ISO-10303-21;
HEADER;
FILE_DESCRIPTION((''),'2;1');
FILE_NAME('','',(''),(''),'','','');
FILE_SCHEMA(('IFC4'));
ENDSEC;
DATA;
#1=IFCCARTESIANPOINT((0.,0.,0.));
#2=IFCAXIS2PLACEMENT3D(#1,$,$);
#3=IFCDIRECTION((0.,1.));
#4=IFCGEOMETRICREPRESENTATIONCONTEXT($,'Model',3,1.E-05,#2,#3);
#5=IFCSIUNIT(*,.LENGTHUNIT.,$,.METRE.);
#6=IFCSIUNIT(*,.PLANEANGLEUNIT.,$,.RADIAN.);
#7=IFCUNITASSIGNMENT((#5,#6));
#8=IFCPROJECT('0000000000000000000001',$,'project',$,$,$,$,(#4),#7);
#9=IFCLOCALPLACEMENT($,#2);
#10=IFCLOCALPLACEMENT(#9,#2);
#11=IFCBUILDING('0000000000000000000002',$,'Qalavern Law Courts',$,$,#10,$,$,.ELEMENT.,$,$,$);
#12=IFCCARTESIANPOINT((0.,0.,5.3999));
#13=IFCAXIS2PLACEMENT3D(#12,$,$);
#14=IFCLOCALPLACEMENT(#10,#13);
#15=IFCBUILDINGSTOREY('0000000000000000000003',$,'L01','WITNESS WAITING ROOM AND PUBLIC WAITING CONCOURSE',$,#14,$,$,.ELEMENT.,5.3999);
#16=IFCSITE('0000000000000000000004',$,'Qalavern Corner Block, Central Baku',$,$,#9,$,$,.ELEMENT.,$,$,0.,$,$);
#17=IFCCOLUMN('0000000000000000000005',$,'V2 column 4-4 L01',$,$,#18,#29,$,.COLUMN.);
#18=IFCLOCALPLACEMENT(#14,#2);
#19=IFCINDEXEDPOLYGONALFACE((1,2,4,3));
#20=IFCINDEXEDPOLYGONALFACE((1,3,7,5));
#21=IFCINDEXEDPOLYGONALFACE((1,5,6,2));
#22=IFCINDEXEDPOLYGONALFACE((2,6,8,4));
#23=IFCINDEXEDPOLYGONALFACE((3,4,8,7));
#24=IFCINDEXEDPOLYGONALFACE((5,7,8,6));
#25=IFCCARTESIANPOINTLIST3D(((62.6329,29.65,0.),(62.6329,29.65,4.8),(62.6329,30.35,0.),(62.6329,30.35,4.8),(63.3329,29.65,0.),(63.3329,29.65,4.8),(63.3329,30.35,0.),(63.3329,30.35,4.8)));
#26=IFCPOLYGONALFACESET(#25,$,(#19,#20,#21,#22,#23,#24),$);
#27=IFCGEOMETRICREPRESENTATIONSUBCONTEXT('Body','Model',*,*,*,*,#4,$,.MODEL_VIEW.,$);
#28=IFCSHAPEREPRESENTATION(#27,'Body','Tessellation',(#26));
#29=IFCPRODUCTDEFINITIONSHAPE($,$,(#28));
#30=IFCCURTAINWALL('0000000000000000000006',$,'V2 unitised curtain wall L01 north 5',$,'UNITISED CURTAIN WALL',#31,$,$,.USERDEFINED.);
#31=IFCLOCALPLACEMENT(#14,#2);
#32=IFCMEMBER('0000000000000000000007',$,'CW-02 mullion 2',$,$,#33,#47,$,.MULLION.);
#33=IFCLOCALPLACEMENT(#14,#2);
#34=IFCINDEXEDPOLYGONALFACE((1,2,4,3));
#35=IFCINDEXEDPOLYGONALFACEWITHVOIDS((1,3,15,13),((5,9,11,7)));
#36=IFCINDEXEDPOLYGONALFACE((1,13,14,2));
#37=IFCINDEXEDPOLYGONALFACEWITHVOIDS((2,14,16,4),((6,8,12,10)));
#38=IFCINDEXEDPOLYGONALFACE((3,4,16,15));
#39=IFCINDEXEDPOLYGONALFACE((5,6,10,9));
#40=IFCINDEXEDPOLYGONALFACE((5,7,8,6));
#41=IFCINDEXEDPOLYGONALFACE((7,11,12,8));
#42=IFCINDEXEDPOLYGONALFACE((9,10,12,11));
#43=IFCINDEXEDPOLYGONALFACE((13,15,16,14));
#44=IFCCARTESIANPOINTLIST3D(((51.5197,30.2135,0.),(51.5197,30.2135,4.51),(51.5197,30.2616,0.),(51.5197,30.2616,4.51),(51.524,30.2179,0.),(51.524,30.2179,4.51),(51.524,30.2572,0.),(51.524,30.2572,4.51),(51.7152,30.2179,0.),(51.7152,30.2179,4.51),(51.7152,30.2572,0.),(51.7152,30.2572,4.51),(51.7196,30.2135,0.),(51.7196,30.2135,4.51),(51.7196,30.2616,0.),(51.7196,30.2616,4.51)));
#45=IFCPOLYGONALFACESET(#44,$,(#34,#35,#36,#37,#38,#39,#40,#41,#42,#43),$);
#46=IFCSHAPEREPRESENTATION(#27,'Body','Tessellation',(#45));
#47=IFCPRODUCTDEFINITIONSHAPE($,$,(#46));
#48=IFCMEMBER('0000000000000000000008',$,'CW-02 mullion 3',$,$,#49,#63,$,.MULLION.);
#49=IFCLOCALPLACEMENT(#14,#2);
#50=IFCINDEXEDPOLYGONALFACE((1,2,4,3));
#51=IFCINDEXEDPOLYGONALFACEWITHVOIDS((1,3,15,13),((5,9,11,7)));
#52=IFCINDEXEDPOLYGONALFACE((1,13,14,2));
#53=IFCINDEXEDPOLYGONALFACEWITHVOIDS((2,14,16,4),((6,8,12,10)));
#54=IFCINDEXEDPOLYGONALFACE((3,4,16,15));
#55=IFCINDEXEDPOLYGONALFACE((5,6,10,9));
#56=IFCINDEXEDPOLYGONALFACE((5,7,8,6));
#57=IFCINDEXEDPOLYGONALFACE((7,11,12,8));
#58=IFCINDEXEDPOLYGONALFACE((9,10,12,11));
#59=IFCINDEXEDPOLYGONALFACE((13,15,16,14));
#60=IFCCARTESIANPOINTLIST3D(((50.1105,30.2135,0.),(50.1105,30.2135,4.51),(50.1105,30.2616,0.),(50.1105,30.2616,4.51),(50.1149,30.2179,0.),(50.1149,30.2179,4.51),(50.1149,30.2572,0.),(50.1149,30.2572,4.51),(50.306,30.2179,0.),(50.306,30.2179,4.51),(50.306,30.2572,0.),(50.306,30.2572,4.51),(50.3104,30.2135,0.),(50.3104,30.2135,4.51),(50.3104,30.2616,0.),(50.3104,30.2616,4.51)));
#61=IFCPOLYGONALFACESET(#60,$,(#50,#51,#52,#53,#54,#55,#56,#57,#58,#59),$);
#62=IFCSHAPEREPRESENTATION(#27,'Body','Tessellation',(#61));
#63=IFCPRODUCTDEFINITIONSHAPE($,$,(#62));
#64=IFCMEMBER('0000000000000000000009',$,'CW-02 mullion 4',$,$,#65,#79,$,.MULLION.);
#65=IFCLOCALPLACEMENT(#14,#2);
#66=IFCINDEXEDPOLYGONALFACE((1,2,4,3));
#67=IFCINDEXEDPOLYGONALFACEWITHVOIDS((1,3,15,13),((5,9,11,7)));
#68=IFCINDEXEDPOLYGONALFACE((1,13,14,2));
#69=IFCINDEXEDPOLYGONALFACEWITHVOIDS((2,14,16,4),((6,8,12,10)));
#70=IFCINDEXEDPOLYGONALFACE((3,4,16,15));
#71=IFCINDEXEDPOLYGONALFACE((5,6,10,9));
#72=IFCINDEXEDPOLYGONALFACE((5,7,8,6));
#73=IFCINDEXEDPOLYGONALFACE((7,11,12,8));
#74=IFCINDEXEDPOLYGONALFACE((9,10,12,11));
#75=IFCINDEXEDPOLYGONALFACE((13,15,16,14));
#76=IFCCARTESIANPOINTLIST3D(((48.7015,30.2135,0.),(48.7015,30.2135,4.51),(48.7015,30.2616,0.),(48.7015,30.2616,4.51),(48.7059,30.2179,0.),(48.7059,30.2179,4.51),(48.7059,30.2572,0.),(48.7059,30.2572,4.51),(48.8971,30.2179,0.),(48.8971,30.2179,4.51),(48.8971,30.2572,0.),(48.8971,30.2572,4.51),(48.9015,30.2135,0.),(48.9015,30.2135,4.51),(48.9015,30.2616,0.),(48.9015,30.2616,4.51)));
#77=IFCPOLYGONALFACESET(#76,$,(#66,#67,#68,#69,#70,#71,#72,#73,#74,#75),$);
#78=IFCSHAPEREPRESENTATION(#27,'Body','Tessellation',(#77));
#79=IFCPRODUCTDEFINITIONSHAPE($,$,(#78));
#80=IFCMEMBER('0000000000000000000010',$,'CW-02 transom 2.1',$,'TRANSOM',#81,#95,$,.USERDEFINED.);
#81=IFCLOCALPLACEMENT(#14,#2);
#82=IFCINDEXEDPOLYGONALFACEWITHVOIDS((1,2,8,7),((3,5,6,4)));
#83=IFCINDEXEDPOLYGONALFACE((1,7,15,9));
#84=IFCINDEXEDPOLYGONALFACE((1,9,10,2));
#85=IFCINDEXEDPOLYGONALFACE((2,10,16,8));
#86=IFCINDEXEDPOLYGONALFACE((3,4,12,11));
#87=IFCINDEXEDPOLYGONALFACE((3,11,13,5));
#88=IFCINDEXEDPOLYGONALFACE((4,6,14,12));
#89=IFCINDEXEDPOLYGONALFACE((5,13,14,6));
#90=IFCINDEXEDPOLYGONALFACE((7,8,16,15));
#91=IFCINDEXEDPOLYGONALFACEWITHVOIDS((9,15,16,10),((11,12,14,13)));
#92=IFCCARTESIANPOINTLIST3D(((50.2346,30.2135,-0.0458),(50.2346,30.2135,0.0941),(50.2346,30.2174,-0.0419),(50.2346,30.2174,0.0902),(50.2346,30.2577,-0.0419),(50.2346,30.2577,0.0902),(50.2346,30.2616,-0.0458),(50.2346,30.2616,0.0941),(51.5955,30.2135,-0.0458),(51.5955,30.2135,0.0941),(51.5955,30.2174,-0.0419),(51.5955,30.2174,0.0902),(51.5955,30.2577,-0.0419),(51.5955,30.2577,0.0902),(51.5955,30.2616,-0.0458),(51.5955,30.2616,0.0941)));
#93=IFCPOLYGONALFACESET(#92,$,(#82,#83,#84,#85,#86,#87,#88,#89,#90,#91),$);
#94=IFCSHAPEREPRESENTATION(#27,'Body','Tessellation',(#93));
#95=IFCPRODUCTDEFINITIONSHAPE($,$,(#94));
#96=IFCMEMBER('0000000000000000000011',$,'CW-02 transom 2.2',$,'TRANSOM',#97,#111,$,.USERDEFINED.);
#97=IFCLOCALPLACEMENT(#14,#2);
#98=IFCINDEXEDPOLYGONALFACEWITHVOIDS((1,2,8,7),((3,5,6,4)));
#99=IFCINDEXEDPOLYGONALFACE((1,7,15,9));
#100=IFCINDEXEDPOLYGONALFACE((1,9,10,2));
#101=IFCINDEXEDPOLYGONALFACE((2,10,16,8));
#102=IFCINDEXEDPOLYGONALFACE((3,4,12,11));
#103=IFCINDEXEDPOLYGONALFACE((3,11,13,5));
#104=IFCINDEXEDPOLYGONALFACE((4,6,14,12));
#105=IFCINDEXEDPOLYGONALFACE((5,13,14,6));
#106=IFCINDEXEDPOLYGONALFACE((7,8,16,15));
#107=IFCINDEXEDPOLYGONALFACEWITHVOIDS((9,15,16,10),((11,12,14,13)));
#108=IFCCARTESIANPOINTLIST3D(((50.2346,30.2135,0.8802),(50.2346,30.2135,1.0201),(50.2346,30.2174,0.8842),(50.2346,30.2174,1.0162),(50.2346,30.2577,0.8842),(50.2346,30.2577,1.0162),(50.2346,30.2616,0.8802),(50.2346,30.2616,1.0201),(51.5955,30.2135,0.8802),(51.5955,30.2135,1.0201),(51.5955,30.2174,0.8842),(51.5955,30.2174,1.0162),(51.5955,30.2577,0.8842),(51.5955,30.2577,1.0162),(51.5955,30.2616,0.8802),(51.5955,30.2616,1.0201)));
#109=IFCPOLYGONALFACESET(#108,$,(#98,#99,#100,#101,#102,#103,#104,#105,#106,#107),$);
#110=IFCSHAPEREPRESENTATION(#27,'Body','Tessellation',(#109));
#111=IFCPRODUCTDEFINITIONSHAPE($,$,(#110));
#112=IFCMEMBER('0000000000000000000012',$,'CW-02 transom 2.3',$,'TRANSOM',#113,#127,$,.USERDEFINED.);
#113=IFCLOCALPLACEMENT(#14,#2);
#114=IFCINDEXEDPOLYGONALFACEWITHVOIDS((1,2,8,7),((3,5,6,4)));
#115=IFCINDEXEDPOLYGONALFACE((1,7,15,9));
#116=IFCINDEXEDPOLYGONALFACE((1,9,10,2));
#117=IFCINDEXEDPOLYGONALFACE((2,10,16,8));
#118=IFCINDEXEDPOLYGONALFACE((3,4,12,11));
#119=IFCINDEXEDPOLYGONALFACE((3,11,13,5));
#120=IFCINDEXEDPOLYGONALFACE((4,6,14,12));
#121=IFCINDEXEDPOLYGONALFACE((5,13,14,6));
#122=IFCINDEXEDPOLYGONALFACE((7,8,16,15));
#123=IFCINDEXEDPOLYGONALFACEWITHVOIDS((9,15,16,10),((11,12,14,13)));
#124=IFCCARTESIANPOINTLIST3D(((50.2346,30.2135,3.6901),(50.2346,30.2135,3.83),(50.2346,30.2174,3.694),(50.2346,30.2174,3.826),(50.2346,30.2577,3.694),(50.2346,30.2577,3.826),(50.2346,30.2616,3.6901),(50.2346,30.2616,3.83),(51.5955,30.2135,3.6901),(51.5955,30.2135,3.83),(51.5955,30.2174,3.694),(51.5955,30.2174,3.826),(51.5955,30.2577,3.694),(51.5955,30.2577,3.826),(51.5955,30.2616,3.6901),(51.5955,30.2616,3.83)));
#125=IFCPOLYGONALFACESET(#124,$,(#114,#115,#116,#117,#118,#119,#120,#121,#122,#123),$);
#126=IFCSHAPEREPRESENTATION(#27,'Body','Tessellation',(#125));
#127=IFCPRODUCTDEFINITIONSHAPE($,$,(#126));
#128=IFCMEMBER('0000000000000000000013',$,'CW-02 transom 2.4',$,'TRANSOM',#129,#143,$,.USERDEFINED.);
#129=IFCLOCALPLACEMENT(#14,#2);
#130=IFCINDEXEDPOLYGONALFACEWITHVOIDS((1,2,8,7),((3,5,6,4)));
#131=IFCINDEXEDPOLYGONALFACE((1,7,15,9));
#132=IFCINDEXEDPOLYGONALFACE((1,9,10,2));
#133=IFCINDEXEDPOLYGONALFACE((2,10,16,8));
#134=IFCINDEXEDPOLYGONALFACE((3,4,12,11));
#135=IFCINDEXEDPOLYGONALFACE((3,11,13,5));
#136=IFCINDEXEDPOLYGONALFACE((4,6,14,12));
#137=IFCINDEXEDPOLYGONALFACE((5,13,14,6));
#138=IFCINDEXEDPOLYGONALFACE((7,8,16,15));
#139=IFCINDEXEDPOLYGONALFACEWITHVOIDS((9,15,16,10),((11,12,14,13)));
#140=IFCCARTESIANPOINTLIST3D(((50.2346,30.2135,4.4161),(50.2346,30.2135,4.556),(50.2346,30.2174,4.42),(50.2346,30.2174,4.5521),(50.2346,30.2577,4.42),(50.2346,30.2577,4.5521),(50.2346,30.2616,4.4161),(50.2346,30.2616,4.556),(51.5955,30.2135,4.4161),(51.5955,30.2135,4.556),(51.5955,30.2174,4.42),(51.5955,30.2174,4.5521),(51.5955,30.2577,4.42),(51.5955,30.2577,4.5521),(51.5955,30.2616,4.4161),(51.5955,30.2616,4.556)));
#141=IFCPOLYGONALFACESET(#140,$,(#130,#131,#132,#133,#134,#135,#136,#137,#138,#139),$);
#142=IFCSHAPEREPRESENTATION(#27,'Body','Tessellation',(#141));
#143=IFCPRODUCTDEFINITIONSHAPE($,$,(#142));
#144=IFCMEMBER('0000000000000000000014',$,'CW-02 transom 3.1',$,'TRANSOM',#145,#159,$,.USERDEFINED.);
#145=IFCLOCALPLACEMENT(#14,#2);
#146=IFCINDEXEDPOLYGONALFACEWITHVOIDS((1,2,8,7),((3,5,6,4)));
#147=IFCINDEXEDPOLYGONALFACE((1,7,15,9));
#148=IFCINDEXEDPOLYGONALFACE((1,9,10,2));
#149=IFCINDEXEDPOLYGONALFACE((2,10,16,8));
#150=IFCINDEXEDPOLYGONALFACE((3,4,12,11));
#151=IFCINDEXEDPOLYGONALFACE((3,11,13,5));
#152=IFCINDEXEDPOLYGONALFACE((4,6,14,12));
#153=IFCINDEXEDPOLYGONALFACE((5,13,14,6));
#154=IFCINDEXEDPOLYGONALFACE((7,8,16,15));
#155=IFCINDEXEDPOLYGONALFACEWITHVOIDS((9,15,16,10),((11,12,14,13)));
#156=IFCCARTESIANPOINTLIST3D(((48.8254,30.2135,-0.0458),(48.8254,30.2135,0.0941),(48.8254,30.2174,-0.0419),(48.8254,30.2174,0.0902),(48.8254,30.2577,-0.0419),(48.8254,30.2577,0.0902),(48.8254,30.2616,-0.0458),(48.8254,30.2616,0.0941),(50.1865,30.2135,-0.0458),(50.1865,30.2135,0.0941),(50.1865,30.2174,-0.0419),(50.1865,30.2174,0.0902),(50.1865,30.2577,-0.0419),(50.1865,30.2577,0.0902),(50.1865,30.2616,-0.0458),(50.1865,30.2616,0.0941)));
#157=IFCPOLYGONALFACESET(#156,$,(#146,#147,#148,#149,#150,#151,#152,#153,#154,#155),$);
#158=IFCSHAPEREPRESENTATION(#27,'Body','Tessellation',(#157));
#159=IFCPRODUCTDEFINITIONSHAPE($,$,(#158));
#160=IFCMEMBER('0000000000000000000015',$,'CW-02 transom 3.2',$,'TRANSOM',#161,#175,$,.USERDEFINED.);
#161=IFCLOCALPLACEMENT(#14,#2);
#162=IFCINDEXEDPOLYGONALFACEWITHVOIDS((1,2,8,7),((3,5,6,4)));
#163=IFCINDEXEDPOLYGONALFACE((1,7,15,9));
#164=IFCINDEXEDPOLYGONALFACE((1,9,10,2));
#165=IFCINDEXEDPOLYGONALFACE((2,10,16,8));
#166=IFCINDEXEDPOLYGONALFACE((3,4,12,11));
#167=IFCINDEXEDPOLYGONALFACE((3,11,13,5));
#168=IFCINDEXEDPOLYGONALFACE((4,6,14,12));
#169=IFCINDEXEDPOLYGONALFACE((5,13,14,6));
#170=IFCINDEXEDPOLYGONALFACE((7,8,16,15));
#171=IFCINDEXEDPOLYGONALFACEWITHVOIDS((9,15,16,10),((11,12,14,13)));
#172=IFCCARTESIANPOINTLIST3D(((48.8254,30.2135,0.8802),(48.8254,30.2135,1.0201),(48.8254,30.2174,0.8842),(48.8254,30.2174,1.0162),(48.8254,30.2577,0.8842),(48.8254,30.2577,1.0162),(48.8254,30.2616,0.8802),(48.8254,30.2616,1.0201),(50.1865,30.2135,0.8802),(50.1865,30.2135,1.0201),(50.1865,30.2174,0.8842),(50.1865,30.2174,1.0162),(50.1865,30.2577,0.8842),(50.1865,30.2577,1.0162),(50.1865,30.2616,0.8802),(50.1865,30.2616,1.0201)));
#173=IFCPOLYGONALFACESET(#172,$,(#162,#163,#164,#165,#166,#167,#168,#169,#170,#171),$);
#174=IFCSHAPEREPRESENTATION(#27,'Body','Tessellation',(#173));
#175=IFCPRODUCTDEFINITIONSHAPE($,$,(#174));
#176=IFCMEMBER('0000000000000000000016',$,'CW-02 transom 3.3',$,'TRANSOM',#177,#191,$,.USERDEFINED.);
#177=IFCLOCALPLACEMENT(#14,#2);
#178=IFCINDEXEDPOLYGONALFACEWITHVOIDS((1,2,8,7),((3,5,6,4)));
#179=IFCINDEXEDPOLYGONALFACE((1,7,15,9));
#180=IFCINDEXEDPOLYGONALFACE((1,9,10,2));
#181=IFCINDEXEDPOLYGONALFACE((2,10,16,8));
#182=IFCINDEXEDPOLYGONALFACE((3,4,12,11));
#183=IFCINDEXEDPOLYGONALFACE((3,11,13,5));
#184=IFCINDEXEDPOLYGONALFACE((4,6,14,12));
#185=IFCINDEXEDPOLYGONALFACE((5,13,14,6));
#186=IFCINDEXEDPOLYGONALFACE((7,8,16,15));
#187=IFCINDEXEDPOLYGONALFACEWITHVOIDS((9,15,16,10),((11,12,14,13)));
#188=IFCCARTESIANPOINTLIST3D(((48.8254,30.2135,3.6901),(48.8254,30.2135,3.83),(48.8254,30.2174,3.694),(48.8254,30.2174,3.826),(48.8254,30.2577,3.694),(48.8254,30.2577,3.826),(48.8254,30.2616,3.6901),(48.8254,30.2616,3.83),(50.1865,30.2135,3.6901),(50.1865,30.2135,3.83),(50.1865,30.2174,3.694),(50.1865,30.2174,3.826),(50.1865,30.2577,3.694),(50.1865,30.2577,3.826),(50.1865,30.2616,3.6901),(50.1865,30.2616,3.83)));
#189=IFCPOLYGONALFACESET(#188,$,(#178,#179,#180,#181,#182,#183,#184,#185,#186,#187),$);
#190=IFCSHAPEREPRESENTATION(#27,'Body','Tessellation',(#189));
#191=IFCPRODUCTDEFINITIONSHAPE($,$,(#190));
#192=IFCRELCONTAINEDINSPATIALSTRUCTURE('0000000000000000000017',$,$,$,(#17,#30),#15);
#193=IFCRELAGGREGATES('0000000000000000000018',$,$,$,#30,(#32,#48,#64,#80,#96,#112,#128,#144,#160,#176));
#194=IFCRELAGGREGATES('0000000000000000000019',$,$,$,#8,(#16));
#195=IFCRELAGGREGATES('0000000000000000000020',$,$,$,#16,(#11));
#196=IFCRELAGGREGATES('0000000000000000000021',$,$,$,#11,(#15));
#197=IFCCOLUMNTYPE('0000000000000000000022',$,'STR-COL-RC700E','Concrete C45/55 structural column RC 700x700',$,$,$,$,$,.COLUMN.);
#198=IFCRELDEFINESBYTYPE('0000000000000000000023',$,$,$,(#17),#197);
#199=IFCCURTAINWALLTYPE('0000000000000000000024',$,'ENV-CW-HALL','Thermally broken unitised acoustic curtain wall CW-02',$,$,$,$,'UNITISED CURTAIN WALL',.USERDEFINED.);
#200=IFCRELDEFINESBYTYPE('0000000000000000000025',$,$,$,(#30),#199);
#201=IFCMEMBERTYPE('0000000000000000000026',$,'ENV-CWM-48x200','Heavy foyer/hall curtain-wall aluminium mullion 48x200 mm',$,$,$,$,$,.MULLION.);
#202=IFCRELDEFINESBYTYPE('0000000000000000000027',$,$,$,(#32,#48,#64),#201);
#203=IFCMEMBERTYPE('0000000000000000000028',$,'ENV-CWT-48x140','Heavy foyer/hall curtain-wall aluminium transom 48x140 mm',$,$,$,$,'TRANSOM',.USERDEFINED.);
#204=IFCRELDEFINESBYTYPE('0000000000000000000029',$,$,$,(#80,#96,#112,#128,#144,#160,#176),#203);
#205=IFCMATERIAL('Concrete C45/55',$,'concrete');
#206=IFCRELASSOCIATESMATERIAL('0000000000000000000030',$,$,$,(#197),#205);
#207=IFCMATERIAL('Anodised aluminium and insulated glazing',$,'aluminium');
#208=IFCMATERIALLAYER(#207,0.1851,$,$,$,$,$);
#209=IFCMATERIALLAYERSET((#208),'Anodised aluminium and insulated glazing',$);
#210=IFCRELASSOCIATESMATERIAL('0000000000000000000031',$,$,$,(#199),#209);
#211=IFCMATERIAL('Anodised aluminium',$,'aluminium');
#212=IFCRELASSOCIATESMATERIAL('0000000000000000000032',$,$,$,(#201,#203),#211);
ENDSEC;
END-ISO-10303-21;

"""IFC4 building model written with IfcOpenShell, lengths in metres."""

from ifc_helpers import new_model, si_unit, direction, frame, origin, origin_2d, place, context, subcontext, project, spatial, rectangle, hollow_rectangle, extrude, material, layer, layer_set, material_profile, profile_set, type_object, element, aggregate, save


model = new_model("IFC4")

# Units and contexts
model_context = context("Model", 3, precision=1e-05, world=origin(), true_north=direction((0.0, 1.0)))
body_context = subcontext(model_context, "Body", "Model", "MODEL_VIEW")
ifc_project = project(units=[si_unit("LENGTHUNIT", "METRE"), si_unit("PLANEANGLEUNIT", "RADIAN")], contexts=[model_context])

# Site, building, storey
site_placement = place(None, origin())
site = spatial("IfcSite", under=ifc_project, at=site_placement, Name="Qalavern Corner Block, Central Baku", CompositionType="ELEMENT", RefElevation=0.0)
building_placement = place(site_placement, origin())
building = spatial("IfcBuilding", under=site, at=building_placement, Name="Qalavern Law Courts", CompositionType="ELEMENT")
storey_placement = place(building_placement, frame((0.0, 0.0, 5.3999)))
storey = spatial("IfcBuildingStorey", under=building, at=storey_placement, Name="L01", Description="WITNESS WAITING ROOM AND PUBLIC WAITING CONCOURSE", CompositionType="ELEMENT", Elevation=5.3999)

# Column
ifc_material_1 = material(Name="Concrete C45/55", Category="concrete")
ifc_material_profile_1 = material_profile(ifc_material_1, rectangle(XDim=0.7, YDim=0.7, at=origin_2d()), Name="RC 700x700")
ifc_profile_set_1 = profile_set([ifc_material_profile_1], Name="Concrete C45/55")
column_type = type_object("IfcColumnType", Name="STR-COL-RC700E", Description="Concrete C45/55 structural column RC 700x700", PredefinedType="COLUMN", material=ifc_profile_set_1)
column_placement = place(storey_placement, frame((62.9829, 30.0, 0.0), z_axis=(0.0, 0.0, 1.0), x_axis=(1.0, 0.0, 0.0)))
element("IfcColumn", 1, at=column_placement, inside=storey, type_object=column_type, Name="V2 column 4-4 L01", PredefinedType="COLUMN", context=body_context, shape_type="SweptSolid", body=[
    extrude(rectangle(XDim=0.7, YDim=0.7, at=origin_2d()), origin(), (0.0, 0.0, 1.0), 4.8),
])

# Curtain wall, members
ifc_material_2 = material(Name="Anodised aluminium and insulated glazing", Category="aluminium")
ifc_layer_1 = layer(ifc_material_2, 0.1851)
ifc_layer_set_1 = layer_set([ifc_layer_1], Name="Anodised aluminium and insulated glazing")
curtain_wall_type = type_object("IfcCurtainWallType", Name="ENV-CW-HALL", Description="Thermally broken unitised acoustic curtain wall CW-02", ElementType="UNITISED CURTAIN WALL", PredefinedType="USERDEFINED", material=ifc_layer_set_1)
curtain_wall_placement = place(storey_placement, origin())
curtain_wall = element("IfcCurtainWall", 2, at=curtain_wall_placement, inside=storey, type_object=curtain_wall_type, Name="V2 unitised curtain wall L01 north 5", ObjectType="UNITISED CURTAIN WALL", PredefinedType="USERDEFINED")
ifc_material_3 = material(Name="Anodised aluminium", Category="aluminium")
ifc_material_profile_2 = material_profile(ifc_material_3, hollow_rectangle(XDim=0.0481, YDim=0.2, WallThickness=0.0044, at=origin_2d()), Name="ALU MULLION 48x200")
ifc_profile_set_2 = profile_set([ifc_material_profile_2], Name="Anodised aluminium")
member_type_1 = type_object("IfcMemberType", Name="ENV-CWM-48x200", Description="Heavy foyer/hall curtain-wall aluminium mullion 48x200 mm", PredefinedType="MULLION", material=ifc_profile_set_2)
member_1_placement = place(storey_placement, frame((51.6196, 30.2375, 0.0), z_axis=(0.0, 0.0, 1.0), x_axis=(0.0, -1.0, 0.0)))
member_1 = element("IfcMember", 3, at=member_1_placement, type_object=member_type_1, Name="CW-02 mullion 2", PredefinedType="MULLION", context=body_context, shape_type="SweptSolid", body=[
    extrude(hollow_rectangle(XDim=0.0481, YDim=0.2, WallThickness=0.0044, at=origin_2d()), origin(), (0.0, 0.0, 1.0), 4.51),
])
member_2_placement = place(storey_placement, frame((50.2104, 30.2375, 0.0), z_axis=(0.0, 0.0, 1.0), x_axis=(0.0, -1.0, 0.0)))
member_2 = element("IfcMember", 4, at=member_2_placement, type_object=member_type_1, Name="CW-02 mullion 3", PredefinedType="MULLION", context=body_context, shape_type="SweptSolid", body=[
    extrude(hollow_rectangle(XDim=0.0481, YDim=0.2, WallThickness=0.0044, at=origin_2d()), origin(), (0.0, 0.0, 1.0), 4.51),
])
member_3_placement = place(storey_placement, frame((48.8015, 30.2375, 0.0), z_axis=(0.0, 0.0, 1.0), x_axis=(0.0, -1.0, 0.0)))
member_3 = element("IfcMember", 5, at=member_3_placement, type_object=member_type_1, Name="CW-02 mullion 4", PredefinedType="MULLION", context=body_context, shape_type="SweptSolid", body=[
    extrude(hollow_rectangle(XDim=0.0481, YDim=0.2, WallThickness=0.0044, at=origin_2d()), origin(), (0.0, 0.0, 1.0), 4.51),
])
ifc_material_profile_3 = material_profile(ifc_material_3, hollow_rectangle(XDim=0.0481, YDim=0.1399, WallThickness=0.0039, at=origin_2d()), Name="ALU TRANSOM 48x140")
ifc_profile_set_3 = profile_set([ifc_material_profile_3], Name="Anodised aluminium")
member_type_2 = type_object("IfcMemberType", Name="ENV-CWT-48x140", Description="Heavy foyer/hall curtain-wall aluminium transom 48x140 mm", ElementType="TRANSOM", PredefinedType="USERDEFINED", material=ifc_profile_set_3)
member_4_placement = place(storey_placement, frame((51.5955, 30.2375, 0.0242), z_axis=(-1.0, 0.0, 0.0), x_axis=(0.0, -1.0, 0.0)))
member_4 = element("IfcMember", 6, at=member_4_placement, type_object=member_type_2, Name="CW-02 transom 2.1", ObjectType="TRANSOM", PredefinedType="USERDEFINED", context=body_context, shape_type="SweptSolid", body=[
    extrude(hollow_rectangle(XDim=0.0481, YDim=0.1399, WallThickness=0.0039, at=origin_2d()), origin(), (0.0, 0.0, 1.0), 1.3608),
])
member_5_placement = place(storey_placement, frame((51.5955, 30.2375, 0.9502), z_axis=(-1.0, 0.0, 0.0), x_axis=(0.0, -1.0, 0.0)))
member_5 = element("IfcMember", 7, at=member_5_placement, type_object=member_type_2, Name="CW-02 transom 2.2", ObjectType="TRANSOM", PredefinedType="USERDEFINED", context=body_context, shape_type="SweptSolid", body=[
    extrude(hollow_rectangle(XDim=0.0481, YDim=0.1399, WallThickness=0.0039, at=origin_2d()), origin(), (0.0, 0.0, 1.0), 1.3608),
])
member_6_placement = place(storey_placement, frame((51.5955, 30.2375, 3.76), z_axis=(-1.0, 0.0, 0.0), x_axis=(0.0, -1.0, 0.0)))
member_6 = element("IfcMember", 8, at=member_6_placement, type_object=member_type_2, Name="CW-02 transom 2.3", ObjectType="TRANSOM", PredefinedType="USERDEFINED", context=body_context, shape_type="SweptSolid", body=[
    extrude(hollow_rectangle(XDim=0.0481, YDim=0.1399, WallThickness=0.0039, at=origin_2d()), origin(), (0.0, 0.0, 1.0), 1.3608),
])
member_7_placement = place(storey_placement, frame((51.5955, 30.2375, 4.4861), z_axis=(-1.0, 0.0, 0.0), x_axis=(0.0, -1.0, 0.0)))
member_7 = element("IfcMember", 9, at=member_7_placement, type_object=member_type_2, Name="CW-02 transom 2.4", ObjectType="TRANSOM", PredefinedType="USERDEFINED", context=body_context, shape_type="SweptSolid", body=[
    extrude(hollow_rectangle(XDim=0.0481, YDim=0.1399, WallThickness=0.0039, at=origin_2d()), origin(), (0.0, 0.0, 1.0), 1.3608),
])
member_8_placement = place(storey_placement, frame((50.1865, 30.2375, 0.0242), z_axis=(-1.0, 0.0, 0.0), x_axis=(0.0, -1.0, 0.0)))
member_8 = element("IfcMember", 10, at=member_8_placement, type_object=member_type_2, Name="CW-02 transom 3.1", ObjectType="TRANSOM", PredefinedType="USERDEFINED", context=body_context, shape_type="SweptSolid", body=[
    extrude(hollow_rectangle(XDim=0.0481, YDim=0.1399, WallThickness=0.0039, at=origin_2d()), origin(), (0.0, 0.0, 1.0), 1.3611),
])
member_9_placement = place(storey_placement, frame((50.1865, 30.2375, 0.9502), z_axis=(-1.0, 0.0, 0.0), x_axis=(0.0, -1.0, 0.0)))
member_9 = element("IfcMember", 11, at=member_9_placement, type_object=member_type_2, Name="CW-02 transom 3.2", ObjectType="TRANSOM", PredefinedType="USERDEFINED", context=body_context, shape_type="SweptSolid", body=[
    extrude(hollow_rectangle(XDim=0.0481, YDim=0.1399, WallThickness=0.0039, at=origin_2d()), origin(), (0.0, 0.0, 1.0), 1.3611),
])
member_10_placement = place(storey_placement, frame((50.1865, 30.2375, 3.76), z_axis=(-1.0, 0.0, 0.0), x_axis=(0.0, -1.0, 0.0)))
member_10 = element("IfcMember", 12, at=member_10_placement, type_object=member_type_2, Name="CW-02 transom 3.3", ObjectType="TRANSOM", PredefinedType="USERDEFINED", context=body_context, shape_type="SweptSolid", body=[
    extrude(hollow_rectangle(XDim=0.0481, YDim=0.1399, WallThickness=0.0039, at=origin_2d()), origin(), (0.0, 0.0, 1.0), 1.3611),
])

aggregate(curtain_wall, [member_1, member_2, member_3, member_4, member_5, member_6, member_7, member_8, member_9, member_10])

save(model, "model.ifc")
